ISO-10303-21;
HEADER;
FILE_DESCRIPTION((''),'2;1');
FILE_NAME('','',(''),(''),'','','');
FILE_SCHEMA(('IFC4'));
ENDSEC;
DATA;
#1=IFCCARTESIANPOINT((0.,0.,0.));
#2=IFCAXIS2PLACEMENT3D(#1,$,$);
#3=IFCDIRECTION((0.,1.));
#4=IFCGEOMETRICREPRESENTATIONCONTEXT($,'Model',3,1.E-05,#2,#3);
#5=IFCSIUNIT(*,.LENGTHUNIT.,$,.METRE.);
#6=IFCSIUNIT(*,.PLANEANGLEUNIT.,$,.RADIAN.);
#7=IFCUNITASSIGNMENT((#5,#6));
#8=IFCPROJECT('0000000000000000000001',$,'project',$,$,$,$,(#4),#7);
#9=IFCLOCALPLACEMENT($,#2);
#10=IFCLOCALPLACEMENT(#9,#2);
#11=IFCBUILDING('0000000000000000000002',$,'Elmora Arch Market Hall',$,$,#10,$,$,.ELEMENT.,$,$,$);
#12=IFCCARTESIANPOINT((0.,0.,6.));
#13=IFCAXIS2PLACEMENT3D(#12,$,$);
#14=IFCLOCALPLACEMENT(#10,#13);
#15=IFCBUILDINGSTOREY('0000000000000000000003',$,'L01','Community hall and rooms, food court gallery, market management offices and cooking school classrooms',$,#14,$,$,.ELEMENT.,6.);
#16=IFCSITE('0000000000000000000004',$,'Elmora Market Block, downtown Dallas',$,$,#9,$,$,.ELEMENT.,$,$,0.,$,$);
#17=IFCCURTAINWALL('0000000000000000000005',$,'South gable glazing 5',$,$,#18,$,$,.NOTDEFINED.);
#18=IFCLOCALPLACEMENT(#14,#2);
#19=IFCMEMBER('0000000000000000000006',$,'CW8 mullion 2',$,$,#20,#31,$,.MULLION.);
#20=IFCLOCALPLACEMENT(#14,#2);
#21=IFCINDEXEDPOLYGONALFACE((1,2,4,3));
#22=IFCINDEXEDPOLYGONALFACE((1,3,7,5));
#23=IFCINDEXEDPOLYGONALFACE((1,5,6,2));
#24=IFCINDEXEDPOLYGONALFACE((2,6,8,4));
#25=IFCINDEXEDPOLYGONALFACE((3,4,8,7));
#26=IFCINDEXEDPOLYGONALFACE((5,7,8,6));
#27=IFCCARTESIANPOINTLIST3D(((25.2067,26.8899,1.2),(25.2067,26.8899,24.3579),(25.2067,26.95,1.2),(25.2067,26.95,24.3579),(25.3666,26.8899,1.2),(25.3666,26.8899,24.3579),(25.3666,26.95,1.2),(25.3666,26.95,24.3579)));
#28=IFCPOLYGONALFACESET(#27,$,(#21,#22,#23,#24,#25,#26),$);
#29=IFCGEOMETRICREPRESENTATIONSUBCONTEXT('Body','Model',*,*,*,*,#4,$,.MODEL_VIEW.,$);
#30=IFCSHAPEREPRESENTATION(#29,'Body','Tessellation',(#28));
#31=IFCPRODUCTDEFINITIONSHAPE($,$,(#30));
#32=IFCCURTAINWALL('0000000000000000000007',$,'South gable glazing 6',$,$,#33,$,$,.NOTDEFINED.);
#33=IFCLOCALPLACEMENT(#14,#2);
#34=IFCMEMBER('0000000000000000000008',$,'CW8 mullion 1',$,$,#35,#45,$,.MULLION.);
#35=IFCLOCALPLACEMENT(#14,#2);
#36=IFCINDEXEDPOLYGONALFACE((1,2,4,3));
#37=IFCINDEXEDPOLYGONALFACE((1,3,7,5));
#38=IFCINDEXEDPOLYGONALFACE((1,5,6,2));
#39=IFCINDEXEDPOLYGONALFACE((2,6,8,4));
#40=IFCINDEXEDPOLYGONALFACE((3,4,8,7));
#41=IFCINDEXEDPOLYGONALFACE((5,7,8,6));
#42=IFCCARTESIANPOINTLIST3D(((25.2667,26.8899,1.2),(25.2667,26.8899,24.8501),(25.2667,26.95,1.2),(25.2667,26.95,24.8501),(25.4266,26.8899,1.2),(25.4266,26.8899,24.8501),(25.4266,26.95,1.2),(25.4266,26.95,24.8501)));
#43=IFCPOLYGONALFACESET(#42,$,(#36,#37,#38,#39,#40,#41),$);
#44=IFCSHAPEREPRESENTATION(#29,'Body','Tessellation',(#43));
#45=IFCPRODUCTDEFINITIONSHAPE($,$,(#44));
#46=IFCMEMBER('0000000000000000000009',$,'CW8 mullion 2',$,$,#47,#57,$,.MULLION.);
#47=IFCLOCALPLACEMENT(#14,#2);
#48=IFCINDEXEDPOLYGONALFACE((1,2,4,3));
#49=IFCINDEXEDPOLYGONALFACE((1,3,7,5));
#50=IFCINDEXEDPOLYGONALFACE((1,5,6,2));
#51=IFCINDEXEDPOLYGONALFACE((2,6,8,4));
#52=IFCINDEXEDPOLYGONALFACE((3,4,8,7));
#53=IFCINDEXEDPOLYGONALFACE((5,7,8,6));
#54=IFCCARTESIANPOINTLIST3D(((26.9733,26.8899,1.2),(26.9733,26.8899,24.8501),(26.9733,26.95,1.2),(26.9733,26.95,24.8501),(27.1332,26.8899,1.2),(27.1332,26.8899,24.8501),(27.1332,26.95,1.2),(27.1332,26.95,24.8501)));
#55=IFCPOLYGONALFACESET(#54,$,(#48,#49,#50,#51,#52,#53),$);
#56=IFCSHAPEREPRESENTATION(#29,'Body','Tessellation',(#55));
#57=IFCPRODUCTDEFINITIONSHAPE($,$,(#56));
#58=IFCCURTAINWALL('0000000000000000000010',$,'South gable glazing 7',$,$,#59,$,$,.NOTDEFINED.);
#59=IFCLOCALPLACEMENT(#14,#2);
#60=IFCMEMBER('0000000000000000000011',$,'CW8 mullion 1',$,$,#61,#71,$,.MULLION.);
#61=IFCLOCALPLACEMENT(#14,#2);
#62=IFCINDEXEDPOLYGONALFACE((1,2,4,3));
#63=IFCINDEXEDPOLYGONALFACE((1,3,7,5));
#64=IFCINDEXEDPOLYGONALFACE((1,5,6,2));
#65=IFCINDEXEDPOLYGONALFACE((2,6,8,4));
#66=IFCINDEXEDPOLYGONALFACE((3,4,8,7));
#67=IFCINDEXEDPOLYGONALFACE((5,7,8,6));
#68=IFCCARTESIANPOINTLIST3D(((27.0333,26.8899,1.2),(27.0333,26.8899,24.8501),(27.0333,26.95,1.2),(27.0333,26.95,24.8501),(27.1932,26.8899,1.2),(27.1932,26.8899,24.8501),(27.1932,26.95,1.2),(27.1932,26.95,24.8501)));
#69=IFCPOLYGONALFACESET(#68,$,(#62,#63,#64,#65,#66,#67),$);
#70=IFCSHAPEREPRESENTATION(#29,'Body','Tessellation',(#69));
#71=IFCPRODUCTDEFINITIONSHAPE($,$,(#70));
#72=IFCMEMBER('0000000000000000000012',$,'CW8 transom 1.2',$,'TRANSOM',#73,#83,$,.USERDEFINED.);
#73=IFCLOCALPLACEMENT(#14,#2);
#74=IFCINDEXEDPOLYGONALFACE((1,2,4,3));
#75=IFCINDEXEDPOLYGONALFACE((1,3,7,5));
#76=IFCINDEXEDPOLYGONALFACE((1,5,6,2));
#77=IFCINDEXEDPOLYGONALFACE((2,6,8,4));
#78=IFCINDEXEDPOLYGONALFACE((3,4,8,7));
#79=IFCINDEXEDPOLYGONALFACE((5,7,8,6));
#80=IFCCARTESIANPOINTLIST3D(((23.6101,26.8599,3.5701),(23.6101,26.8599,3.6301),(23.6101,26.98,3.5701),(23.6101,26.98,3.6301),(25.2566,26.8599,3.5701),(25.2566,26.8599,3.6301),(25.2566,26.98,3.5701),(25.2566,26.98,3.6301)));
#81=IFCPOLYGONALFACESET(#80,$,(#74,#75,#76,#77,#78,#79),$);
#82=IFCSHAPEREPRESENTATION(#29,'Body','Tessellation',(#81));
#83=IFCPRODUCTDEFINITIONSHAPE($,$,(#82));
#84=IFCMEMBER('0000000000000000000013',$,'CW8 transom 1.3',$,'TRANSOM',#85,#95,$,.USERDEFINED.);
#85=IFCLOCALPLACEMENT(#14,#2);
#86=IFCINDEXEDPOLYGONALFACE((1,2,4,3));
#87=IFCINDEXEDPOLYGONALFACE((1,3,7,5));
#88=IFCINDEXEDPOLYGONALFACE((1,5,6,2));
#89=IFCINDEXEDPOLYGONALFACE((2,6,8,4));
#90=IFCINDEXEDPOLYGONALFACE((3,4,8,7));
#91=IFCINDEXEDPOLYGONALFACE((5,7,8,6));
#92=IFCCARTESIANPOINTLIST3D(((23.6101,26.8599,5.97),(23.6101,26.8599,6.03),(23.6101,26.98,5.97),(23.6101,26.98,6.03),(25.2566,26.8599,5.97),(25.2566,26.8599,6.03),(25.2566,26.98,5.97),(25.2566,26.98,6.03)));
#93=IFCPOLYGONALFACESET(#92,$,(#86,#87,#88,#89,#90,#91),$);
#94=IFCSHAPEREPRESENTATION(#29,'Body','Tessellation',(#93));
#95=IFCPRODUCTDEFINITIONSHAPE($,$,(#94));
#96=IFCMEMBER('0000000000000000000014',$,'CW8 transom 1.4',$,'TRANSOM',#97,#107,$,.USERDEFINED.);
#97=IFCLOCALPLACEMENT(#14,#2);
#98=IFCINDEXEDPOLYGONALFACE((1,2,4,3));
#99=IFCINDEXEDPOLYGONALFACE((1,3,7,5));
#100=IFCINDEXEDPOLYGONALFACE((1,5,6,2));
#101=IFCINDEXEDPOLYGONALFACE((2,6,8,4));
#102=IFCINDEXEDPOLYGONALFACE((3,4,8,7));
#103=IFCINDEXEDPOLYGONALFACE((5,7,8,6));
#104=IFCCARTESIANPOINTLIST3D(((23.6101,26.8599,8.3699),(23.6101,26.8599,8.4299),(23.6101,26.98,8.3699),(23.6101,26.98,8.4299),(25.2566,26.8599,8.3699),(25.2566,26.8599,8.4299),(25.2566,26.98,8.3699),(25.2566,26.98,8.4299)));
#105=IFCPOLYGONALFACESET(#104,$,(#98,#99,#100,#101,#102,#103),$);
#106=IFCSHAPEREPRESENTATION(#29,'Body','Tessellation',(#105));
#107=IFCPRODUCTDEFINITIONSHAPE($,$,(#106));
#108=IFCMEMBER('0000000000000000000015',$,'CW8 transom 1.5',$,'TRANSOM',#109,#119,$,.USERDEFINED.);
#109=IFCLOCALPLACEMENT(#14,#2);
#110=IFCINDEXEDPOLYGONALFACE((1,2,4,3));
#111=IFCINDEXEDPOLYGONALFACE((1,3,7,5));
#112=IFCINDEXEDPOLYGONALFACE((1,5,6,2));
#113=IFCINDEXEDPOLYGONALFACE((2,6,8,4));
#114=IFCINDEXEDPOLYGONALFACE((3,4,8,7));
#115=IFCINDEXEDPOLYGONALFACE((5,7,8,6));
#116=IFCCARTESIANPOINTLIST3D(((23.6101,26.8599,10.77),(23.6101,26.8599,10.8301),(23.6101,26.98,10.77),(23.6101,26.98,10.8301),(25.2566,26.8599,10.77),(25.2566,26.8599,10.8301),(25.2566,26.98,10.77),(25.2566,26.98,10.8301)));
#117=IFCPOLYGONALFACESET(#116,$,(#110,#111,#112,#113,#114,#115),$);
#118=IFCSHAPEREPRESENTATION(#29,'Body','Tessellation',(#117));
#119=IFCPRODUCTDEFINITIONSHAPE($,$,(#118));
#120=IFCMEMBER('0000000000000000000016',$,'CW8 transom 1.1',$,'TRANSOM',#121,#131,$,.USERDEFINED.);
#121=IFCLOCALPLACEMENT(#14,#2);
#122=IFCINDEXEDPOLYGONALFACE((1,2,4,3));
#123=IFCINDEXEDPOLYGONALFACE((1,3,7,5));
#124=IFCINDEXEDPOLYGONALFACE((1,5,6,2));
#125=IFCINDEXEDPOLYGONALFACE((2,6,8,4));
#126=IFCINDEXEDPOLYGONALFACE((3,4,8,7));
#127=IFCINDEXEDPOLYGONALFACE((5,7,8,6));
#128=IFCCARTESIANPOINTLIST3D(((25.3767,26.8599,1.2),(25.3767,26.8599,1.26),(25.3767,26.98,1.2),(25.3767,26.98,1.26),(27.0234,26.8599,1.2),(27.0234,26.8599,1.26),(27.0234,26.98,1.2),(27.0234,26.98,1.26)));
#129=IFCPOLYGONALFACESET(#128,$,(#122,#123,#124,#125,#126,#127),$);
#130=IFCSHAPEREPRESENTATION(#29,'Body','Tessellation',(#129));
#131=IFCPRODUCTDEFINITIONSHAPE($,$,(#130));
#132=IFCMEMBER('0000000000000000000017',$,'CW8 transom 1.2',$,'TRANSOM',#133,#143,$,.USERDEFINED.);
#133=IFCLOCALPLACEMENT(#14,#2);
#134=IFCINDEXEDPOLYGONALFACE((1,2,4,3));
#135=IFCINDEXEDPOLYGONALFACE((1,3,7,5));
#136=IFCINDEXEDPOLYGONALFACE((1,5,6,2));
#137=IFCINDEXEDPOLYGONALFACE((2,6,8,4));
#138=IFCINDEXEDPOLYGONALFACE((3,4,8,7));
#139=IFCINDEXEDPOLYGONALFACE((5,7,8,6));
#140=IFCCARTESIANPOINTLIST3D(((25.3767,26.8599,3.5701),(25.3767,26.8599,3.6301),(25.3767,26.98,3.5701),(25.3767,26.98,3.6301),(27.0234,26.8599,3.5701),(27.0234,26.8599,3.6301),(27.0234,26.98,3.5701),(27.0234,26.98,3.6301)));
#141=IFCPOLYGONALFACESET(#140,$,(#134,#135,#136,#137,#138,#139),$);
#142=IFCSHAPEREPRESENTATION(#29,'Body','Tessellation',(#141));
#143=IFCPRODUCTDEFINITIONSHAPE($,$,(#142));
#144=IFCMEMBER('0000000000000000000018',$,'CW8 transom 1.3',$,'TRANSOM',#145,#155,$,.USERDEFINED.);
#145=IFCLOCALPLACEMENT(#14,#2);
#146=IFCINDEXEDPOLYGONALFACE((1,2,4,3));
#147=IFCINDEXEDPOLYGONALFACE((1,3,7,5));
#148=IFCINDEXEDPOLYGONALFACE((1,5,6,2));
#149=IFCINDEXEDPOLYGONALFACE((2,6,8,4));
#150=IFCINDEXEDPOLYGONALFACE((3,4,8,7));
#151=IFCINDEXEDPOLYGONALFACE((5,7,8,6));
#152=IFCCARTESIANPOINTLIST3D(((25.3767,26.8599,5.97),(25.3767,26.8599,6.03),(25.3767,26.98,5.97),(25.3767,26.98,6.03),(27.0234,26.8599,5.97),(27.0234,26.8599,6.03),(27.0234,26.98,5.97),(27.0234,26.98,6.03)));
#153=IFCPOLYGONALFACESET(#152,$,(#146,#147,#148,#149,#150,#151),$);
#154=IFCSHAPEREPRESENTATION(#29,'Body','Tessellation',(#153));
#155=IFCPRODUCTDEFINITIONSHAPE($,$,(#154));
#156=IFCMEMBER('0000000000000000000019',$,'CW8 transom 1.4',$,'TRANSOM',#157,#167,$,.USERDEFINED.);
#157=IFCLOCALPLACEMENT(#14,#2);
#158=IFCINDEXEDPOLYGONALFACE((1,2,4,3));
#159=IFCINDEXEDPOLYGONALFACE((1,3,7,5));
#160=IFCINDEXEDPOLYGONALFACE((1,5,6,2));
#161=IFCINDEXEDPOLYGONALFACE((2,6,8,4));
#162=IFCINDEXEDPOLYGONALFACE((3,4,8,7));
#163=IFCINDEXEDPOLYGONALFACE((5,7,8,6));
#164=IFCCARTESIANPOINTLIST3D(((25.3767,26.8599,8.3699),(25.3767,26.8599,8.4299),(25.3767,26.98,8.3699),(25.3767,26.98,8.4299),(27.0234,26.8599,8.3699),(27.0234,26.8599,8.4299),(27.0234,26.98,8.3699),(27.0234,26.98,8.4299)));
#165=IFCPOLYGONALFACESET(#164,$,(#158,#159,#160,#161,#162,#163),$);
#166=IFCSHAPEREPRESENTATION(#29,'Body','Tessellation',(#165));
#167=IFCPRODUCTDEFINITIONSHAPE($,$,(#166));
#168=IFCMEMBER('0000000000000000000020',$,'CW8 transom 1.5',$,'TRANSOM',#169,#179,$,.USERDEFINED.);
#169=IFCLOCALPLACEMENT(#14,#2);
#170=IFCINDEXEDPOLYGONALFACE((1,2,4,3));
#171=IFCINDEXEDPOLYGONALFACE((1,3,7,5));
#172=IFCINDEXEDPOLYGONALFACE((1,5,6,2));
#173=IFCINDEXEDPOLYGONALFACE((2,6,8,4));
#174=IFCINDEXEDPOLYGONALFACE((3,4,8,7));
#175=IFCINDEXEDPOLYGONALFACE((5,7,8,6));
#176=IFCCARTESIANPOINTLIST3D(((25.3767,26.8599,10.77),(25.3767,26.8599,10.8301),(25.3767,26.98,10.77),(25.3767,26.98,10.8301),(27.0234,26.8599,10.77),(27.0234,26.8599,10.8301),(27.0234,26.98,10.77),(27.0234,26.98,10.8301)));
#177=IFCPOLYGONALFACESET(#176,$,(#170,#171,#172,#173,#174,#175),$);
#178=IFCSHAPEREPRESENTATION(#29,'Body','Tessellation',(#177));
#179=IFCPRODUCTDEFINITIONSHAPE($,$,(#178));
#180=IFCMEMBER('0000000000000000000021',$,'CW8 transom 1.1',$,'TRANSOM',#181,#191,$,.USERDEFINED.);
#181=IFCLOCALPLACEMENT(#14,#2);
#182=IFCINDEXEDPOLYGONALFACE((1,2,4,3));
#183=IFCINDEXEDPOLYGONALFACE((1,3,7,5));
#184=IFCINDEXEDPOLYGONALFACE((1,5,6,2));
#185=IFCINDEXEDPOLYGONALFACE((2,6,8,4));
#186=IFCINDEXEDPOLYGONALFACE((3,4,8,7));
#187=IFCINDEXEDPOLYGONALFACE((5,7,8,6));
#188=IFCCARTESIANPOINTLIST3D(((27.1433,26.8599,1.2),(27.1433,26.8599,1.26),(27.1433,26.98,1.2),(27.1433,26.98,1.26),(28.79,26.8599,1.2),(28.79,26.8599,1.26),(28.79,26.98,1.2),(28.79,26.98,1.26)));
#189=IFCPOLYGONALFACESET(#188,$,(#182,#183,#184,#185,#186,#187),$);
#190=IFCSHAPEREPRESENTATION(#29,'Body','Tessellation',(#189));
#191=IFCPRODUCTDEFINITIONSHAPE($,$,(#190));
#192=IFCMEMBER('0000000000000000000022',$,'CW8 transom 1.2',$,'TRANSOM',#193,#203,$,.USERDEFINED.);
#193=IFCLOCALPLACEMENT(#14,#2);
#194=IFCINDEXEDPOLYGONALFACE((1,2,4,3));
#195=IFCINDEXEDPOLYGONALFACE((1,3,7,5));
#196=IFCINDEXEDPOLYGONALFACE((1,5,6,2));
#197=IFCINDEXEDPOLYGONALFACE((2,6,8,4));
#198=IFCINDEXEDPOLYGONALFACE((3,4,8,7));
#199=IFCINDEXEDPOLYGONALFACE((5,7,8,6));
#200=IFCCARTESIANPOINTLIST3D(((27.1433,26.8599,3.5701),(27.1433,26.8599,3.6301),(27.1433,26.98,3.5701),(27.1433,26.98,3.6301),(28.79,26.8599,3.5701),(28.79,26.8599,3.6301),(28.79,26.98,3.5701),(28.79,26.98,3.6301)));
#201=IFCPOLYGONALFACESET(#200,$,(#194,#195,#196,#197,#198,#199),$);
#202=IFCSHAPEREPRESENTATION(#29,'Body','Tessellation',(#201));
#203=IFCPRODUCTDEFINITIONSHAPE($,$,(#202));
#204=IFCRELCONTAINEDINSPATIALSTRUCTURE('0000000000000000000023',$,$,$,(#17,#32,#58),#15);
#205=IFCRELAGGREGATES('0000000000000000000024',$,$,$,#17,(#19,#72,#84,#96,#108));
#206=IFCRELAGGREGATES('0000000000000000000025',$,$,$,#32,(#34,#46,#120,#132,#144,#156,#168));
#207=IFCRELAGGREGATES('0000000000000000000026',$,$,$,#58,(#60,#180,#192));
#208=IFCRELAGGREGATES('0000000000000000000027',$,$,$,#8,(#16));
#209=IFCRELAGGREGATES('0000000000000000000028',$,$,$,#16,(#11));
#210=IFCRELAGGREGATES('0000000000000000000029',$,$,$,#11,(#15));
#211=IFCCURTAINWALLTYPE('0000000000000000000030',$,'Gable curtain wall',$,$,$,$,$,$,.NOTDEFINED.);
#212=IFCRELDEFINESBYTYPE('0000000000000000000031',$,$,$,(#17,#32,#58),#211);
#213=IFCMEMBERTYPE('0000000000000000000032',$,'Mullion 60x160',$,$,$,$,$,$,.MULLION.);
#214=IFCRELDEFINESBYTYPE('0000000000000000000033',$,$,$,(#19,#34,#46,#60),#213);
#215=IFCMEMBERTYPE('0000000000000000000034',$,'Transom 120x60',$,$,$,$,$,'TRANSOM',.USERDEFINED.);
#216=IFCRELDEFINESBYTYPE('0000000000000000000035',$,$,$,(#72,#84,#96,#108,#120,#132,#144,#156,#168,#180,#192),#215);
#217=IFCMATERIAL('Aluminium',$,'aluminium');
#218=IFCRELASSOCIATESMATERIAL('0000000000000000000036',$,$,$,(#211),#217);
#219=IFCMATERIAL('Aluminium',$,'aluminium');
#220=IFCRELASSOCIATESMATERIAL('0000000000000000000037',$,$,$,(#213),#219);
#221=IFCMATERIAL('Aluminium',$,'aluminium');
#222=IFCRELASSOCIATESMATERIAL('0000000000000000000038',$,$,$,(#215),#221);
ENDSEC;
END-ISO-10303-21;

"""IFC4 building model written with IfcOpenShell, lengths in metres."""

from ifc_helpers import new_model, si_unit, direction, frame, origin, origin_2d, place, context, subcontext, project, spatial, rectangle, extrude, material, material_profile, profile_set, type_object, element, aggregate, save


model = new_model("IFC4")

# Units and contexts
model_context = context("Model", 3, precision=1e-05, world=origin(), true_north=direction((0.0, 1.0)))
body_context = subcontext(model_context, "Body", "Model", "MODEL_VIEW")
ifc_project = project(units=[si_unit("LENGTHUNIT", "METRE"), si_unit("PLANEANGLEUNIT", "RADIAN")], contexts=[model_context])

# Site, building, storey
site_placement = place(None, origin())
site = spatial("IfcSite", under=ifc_project, at=site_placement, Name="Elmora Market Block, downtown Dallas", CompositionType="ELEMENT", RefElevation=0.0)
building_placement = place(site_placement, origin())
building = spatial("IfcBuilding", under=site, at=building_placement, Name="Elmora Arch Market Hall", CompositionType="ELEMENT")
storey_placement = place(building_placement, frame((0.0, 0.0, 6.0)))
storey = spatial("IfcBuildingStorey", under=building, at=storey_placement, Name="L01", Description="Community hall and rooms, food court gallery, market management offices and cooking school classrooms", CompositionType="ELEMENT", Elevation=6.0)

# Curtain wall, member
ifc_material_1 = material(Name="Aluminium", Category="aluminium")
curtain_wall_type = type_object("IfcCurtainWallType", Name="Gable curtain wall", PredefinedType="NOTDEFINED", material=ifc_material_1)
curtain_wall_1_placement = place(storey_placement, origin())
curtain_wall_1 = element("IfcCurtainWall", 1, at=curtain_wall_1_placement, inside=storey, type_object=curtain_wall_type, Name="South gable glazing 5", PredefinedType="NOTDEFINED")
ifc_material_2 = material(Name="Aluminium", Category="aluminium")
ifc_material_profile_1 = material_profile(ifc_material_2, rectangle(XDim=0.0601, YDim=0.1599, at=origin_2d()), Name="AL 60x160")
ifc_profile_set_1 = profile_set([ifc_material_profile_1], Name="Aluminium")
member_type_1 = type_object("IfcMemberType", Name="Mullion 60x160", PredefinedType="MULLION", material=ifc_profile_set_1)
member_1_placement = place(storey_placement, frame((25.2866, 26.9199, 1.2), z_axis=(0.0, 0.0, 1.0), x_axis=(0.0, 1.0, 0.0)))
member_1 = element("IfcMember", 2, at=member_1_placement, type_object=member_type_1, Name="CW8 mullion 2", PredefinedType="MULLION", context=body_context, shape_type="SweptSolid", body=[
    extrude(rectangle(XDim=0.0601, YDim=0.1599, at=origin_2d()), origin(), (0.0, 0.0, 1.0), 23.158),
])

# Curtain wall, members
curtain_wall_2_placement = place(storey_placement, origin())
curtain_wall_2 = element("IfcCurtainWall", 3, at=curtain_wall_2_placement, inside=storey, type_object=curtain_wall_type, Name="South gable glazing 6", PredefinedType="NOTDEFINED")
member_2_placement = place(storey_placement, frame((25.3467, 26.9199, 1.2), z_axis=(0.0, 0.0, 1.0), x_axis=(0.0, 1.0, 0.0)))
member_2 = element("IfcMember", 4, at=member_2_placement, type_object=member_type_1, Name="CW8 mullion 1", PredefinedType="MULLION", context=body_context, shape_type="SweptSolid", body=[
    extrude(rectangle(XDim=0.0601, YDim=0.1599, at=origin_2d()), origin(), (0.0, 0.0, 1.0), 23.6501),
])
member_3_placement = place(storey_placement, frame((27.0532, 26.9199, 1.2), z_axis=(0.0, 0.0, 1.0), x_axis=(0.0, 1.0, 0.0)))
member_3 = element("IfcMember", 5, at=member_3_placement, type_object=member_type_1, Name="CW8 mullion 2", PredefinedType="MULLION", context=body_context, shape_type="SweptSolid", body=[
    extrude(rectangle(XDim=0.0601, YDim=0.1599, at=origin_2d()), origin(), (0.0, 0.0, 1.0), 23.6501),
])

# Curtain wall, member
curtain_wall_3_placement = place(storey_placement, origin())
curtain_wall_3 = element("IfcCurtainWall", 6, at=curtain_wall_3_placement, inside=storey, type_object=curtain_wall_type, Name="South gable glazing 7", PredefinedType="NOTDEFINED")
member_4_placement = place(storey_placement, frame((27.1133, 26.9199, 1.2), z_axis=(0.0, 0.0, 1.0), x_axis=(0.0, 1.0, 0.0)))
member_4 = element("IfcMember", 7, at=member_4_placement, type_object=member_type_1, Name="CW8 mullion 1", PredefinedType="MULLION", context=body_context, shape_type="SweptSolid", body=[
    extrude(rectangle(XDim=0.0601, YDim=0.1599, at=origin_2d()), origin(), (0.0, 0.0, 1.0), 23.6501),
])

# Members
ifc_material_3 = material(Name="Aluminium", Category="aluminium")
ifc_material_profile_2 = material_profile(ifc_material_3, rectangle(XDim=0.1201, YDim=0.0601, at=origin_2d()), Name="AL 120x60")
ifc_profile_set_2 = profile_set([ifc_material_profile_2], Name="Aluminium")
member_type_2 = type_object("IfcMemberType", Name="Transom 120x60", ElementType="TRANSOM", PredefinedType="USERDEFINED", material=ifc_profile_set_2)
member_5_placement = place(storey_placement, frame((23.6101, 26.9199, 3.6001), z_axis=(1.0, 0.0, 0.0), x_axis=(0.0, 1.0, 0.0)))
member_5 = element("IfcMember", 8, at=member_5_placement, type_object=member_type_2, Name="CW8 transom 1.2", ObjectType="TRANSOM", PredefinedType="USERDEFINED", context=body_context, shape_type="SweptSolid", body=[
    extrude(rectangle(XDim=0.1201, YDim=0.0601, at=origin_2d()), origin(), (0.0, 0.0, 1.0), 1.6465),
])
member_6_placement = place(storey_placement, frame((23.6101, 26.9199, 6.0), z_axis=(1.0, 0.0, 0.0), x_axis=(0.0, 1.0, 0.0)))
member_6 = element("IfcMember", 9, at=member_6_placement, type_object=member_type_2, Name="CW8 transom 1.3", ObjectType="TRANSOM", PredefinedType="USERDEFINED", context=body_context, shape_type="SweptSolid", body=[
    extrude(rectangle(XDim=0.1201, YDim=0.0601, at=origin_2d()), origin(), (0.0, 0.0, 1.0), 1.6465),
])
member_7_placement = place(storey_placement, frame((23.6101, 26.9199, 8.3999), z_axis=(1.0, 0.0, 0.0), x_axis=(0.0, 1.0, 0.0)))
member_7 = element("IfcMember", 10, at=member_7_placement, type_object=member_type_2, Name="CW8 transom 1.4", ObjectType="TRANSOM", PredefinedType="USERDEFINED", context=body_context, shape_type="SweptSolid", body=[
    extrude(rectangle(XDim=0.1201, YDim=0.0601, at=origin_2d()), origin(), (0.0, 0.0, 1.0), 1.6465),
])
member_8_placement = place(storey_placement, frame((23.6101, 26.9199, 10.8), z_axis=(1.0, 0.0, 0.0), x_axis=(0.0, 1.0, 0.0)))
member_8 = element("IfcMember", 11, at=member_8_placement, type_object=member_type_2, Name="CW8 transom 1.5", ObjectType="TRANSOM", PredefinedType="USERDEFINED", context=body_context, shape_type="SweptSolid", body=[
    extrude(rectangle(XDim=0.1201, YDim=0.0601, at=origin_2d()), origin(), (0.0, 0.0, 1.0), 1.6465),
])
member_9_placement = place(storey_placement, frame((25.3767, 26.9199, 1.23), z_axis=(1.0, 0.0, 0.0), x_axis=(0.0, 1.0, 0.0)))
member_9 = element("IfcMember", 12, at=member_9_placement, type_object=member_type_2, Name="CW8 transom 1.1", ObjectType="TRANSOM", PredefinedType="USERDEFINED", context=body_context, shape_type="SweptSolid", body=[
    extrude(rectangle(XDim=0.1201, YDim=0.0601, at=origin_2d()), origin(), (0.0, 0.0, 1.0), 1.6467),
])
member_10_placement = place(storey_placement, frame((25.3767, 26.9199, 3.6001), z_axis=(1.0, 0.0, 0.0), x_axis=(0.0, 1.0, 0.0)))
member_10 = element("IfcMember", 13, at=member_10_placement, type_object=member_type_2, Name="CW8 transom 1.2", ObjectType="TRANSOM", PredefinedType="USERDEFINED", context=body_context, shape_type="SweptSolid", body=[
    extrude(rectangle(XDim=0.1201, YDim=0.0601, at=origin_2d()), origin(), (0.0, 0.0, 1.0), 1.6467),
])
member_11_placement = place(storey_placement, frame((25.3767, 26.9199, 6.0), z_axis=(1.0, 0.0, 0.0), x_axis=(0.0, 1.0, 0.0)))
member_11 = element("IfcMember", 14, at=member_11_placement, type_object=member_type_2, Name="CW8 transom 1.3", ObjectType="TRANSOM", PredefinedType="USERDEFINED", context=body_context, shape_type="SweptSolid", body=[
    extrude(rectangle(XDim=0.1201, YDim=0.0601, at=origin_2d()), origin(), (0.0, 0.0, 1.0), 1.6467),
])
member_12_placement = place(storey_placement, frame((25.3767, 26.9199, 8.3999), z_axis=(1.0, 0.0, 0.0), x_axis=(0.0, 1.0, 0.0)))
member_12 = element("IfcMember", 15, at=member_12_placement, type_object=member_type_2, Name="CW8 transom 1.4", ObjectType="TRANSOM", PredefinedType="USERDEFINED", context=body_context, shape_type="SweptSolid", body=[
    extrude(rectangle(XDim=0.1201, YDim=0.0601, at=origin_2d()), origin(), (0.0, 0.0, 1.0), 1.6467),
])
member_13_placement = place(storey_placement, frame((25.3767, 26.9199, 10.8), z_axis=(1.0, 0.0, 0.0), x_axis=(0.0, 1.0, 0.0)))
member_13 = element("IfcMember", 16, at=member_13_placement, type_object=member_type_2, Name="CW8 transom 1.5", ObjectType="TRANSOM", PredefinedType="USERDEFINED", context=body_context, shape_type="SweptSolid", body=[
    extrude(rectangle(XDim=0.1201, YDim=0.0601, at=origin_2d()), origin(), (0.0, 0.0, 1.0), 1.6467),
])
member_14_placement = place(storey_placement, frame((27.1433, 26.9199, 1.23), z_axis=(1.0, 0.0, 0.0), x_axis=(0.0, 1.0, 0.0)))
member_14 = element("IfcMember", 17, at=member_14_placement, type_object=member_type_2, Name="CW8 transom 1.1", ObjectType="TRANSOM", PredefinedType="USERDEFINED", context=body_context, shape_type="SweptSolid", body=[
    extrude(rectangle(XDim=0.1201, YDim=0.0601, at=origin_2d()), origin(), (0.0, 0.0, 1.0), 1.6467),
])
member_15_placement = place(storey_placement, frame((27.1433, 26.9199, 3.6001), z_axis=(1.0, 0.0, 0.0), x_axis=(0.0, 1.0, 0.0)))
member_15 = element("IfcMember", 18, at=member_15_placement, type_object=member_type_2, Name="CW8 transom 1.2", ObjectType="TRANSOM", PredefinedType="USERDEFINED", context=body_context, shape_type="SweptSolid", body=[
    extrude(rectangle(XDim=0.1201, YDim=0.0601, at=origin_2d()), origin(), (0.0, 0.0, 1.0), 1.6467),
])

aggregate(curtain_wall_1, [member_1, member_5, member_6, member_7, member_8])
aggregate(curtain_wall_2, [member_2, member_3, member_9, member_10, member_11, member_12, member_13])
aggregate(curtain_wall_3, [member_4, member_14, member_15])

save(model, "model.ifc")
